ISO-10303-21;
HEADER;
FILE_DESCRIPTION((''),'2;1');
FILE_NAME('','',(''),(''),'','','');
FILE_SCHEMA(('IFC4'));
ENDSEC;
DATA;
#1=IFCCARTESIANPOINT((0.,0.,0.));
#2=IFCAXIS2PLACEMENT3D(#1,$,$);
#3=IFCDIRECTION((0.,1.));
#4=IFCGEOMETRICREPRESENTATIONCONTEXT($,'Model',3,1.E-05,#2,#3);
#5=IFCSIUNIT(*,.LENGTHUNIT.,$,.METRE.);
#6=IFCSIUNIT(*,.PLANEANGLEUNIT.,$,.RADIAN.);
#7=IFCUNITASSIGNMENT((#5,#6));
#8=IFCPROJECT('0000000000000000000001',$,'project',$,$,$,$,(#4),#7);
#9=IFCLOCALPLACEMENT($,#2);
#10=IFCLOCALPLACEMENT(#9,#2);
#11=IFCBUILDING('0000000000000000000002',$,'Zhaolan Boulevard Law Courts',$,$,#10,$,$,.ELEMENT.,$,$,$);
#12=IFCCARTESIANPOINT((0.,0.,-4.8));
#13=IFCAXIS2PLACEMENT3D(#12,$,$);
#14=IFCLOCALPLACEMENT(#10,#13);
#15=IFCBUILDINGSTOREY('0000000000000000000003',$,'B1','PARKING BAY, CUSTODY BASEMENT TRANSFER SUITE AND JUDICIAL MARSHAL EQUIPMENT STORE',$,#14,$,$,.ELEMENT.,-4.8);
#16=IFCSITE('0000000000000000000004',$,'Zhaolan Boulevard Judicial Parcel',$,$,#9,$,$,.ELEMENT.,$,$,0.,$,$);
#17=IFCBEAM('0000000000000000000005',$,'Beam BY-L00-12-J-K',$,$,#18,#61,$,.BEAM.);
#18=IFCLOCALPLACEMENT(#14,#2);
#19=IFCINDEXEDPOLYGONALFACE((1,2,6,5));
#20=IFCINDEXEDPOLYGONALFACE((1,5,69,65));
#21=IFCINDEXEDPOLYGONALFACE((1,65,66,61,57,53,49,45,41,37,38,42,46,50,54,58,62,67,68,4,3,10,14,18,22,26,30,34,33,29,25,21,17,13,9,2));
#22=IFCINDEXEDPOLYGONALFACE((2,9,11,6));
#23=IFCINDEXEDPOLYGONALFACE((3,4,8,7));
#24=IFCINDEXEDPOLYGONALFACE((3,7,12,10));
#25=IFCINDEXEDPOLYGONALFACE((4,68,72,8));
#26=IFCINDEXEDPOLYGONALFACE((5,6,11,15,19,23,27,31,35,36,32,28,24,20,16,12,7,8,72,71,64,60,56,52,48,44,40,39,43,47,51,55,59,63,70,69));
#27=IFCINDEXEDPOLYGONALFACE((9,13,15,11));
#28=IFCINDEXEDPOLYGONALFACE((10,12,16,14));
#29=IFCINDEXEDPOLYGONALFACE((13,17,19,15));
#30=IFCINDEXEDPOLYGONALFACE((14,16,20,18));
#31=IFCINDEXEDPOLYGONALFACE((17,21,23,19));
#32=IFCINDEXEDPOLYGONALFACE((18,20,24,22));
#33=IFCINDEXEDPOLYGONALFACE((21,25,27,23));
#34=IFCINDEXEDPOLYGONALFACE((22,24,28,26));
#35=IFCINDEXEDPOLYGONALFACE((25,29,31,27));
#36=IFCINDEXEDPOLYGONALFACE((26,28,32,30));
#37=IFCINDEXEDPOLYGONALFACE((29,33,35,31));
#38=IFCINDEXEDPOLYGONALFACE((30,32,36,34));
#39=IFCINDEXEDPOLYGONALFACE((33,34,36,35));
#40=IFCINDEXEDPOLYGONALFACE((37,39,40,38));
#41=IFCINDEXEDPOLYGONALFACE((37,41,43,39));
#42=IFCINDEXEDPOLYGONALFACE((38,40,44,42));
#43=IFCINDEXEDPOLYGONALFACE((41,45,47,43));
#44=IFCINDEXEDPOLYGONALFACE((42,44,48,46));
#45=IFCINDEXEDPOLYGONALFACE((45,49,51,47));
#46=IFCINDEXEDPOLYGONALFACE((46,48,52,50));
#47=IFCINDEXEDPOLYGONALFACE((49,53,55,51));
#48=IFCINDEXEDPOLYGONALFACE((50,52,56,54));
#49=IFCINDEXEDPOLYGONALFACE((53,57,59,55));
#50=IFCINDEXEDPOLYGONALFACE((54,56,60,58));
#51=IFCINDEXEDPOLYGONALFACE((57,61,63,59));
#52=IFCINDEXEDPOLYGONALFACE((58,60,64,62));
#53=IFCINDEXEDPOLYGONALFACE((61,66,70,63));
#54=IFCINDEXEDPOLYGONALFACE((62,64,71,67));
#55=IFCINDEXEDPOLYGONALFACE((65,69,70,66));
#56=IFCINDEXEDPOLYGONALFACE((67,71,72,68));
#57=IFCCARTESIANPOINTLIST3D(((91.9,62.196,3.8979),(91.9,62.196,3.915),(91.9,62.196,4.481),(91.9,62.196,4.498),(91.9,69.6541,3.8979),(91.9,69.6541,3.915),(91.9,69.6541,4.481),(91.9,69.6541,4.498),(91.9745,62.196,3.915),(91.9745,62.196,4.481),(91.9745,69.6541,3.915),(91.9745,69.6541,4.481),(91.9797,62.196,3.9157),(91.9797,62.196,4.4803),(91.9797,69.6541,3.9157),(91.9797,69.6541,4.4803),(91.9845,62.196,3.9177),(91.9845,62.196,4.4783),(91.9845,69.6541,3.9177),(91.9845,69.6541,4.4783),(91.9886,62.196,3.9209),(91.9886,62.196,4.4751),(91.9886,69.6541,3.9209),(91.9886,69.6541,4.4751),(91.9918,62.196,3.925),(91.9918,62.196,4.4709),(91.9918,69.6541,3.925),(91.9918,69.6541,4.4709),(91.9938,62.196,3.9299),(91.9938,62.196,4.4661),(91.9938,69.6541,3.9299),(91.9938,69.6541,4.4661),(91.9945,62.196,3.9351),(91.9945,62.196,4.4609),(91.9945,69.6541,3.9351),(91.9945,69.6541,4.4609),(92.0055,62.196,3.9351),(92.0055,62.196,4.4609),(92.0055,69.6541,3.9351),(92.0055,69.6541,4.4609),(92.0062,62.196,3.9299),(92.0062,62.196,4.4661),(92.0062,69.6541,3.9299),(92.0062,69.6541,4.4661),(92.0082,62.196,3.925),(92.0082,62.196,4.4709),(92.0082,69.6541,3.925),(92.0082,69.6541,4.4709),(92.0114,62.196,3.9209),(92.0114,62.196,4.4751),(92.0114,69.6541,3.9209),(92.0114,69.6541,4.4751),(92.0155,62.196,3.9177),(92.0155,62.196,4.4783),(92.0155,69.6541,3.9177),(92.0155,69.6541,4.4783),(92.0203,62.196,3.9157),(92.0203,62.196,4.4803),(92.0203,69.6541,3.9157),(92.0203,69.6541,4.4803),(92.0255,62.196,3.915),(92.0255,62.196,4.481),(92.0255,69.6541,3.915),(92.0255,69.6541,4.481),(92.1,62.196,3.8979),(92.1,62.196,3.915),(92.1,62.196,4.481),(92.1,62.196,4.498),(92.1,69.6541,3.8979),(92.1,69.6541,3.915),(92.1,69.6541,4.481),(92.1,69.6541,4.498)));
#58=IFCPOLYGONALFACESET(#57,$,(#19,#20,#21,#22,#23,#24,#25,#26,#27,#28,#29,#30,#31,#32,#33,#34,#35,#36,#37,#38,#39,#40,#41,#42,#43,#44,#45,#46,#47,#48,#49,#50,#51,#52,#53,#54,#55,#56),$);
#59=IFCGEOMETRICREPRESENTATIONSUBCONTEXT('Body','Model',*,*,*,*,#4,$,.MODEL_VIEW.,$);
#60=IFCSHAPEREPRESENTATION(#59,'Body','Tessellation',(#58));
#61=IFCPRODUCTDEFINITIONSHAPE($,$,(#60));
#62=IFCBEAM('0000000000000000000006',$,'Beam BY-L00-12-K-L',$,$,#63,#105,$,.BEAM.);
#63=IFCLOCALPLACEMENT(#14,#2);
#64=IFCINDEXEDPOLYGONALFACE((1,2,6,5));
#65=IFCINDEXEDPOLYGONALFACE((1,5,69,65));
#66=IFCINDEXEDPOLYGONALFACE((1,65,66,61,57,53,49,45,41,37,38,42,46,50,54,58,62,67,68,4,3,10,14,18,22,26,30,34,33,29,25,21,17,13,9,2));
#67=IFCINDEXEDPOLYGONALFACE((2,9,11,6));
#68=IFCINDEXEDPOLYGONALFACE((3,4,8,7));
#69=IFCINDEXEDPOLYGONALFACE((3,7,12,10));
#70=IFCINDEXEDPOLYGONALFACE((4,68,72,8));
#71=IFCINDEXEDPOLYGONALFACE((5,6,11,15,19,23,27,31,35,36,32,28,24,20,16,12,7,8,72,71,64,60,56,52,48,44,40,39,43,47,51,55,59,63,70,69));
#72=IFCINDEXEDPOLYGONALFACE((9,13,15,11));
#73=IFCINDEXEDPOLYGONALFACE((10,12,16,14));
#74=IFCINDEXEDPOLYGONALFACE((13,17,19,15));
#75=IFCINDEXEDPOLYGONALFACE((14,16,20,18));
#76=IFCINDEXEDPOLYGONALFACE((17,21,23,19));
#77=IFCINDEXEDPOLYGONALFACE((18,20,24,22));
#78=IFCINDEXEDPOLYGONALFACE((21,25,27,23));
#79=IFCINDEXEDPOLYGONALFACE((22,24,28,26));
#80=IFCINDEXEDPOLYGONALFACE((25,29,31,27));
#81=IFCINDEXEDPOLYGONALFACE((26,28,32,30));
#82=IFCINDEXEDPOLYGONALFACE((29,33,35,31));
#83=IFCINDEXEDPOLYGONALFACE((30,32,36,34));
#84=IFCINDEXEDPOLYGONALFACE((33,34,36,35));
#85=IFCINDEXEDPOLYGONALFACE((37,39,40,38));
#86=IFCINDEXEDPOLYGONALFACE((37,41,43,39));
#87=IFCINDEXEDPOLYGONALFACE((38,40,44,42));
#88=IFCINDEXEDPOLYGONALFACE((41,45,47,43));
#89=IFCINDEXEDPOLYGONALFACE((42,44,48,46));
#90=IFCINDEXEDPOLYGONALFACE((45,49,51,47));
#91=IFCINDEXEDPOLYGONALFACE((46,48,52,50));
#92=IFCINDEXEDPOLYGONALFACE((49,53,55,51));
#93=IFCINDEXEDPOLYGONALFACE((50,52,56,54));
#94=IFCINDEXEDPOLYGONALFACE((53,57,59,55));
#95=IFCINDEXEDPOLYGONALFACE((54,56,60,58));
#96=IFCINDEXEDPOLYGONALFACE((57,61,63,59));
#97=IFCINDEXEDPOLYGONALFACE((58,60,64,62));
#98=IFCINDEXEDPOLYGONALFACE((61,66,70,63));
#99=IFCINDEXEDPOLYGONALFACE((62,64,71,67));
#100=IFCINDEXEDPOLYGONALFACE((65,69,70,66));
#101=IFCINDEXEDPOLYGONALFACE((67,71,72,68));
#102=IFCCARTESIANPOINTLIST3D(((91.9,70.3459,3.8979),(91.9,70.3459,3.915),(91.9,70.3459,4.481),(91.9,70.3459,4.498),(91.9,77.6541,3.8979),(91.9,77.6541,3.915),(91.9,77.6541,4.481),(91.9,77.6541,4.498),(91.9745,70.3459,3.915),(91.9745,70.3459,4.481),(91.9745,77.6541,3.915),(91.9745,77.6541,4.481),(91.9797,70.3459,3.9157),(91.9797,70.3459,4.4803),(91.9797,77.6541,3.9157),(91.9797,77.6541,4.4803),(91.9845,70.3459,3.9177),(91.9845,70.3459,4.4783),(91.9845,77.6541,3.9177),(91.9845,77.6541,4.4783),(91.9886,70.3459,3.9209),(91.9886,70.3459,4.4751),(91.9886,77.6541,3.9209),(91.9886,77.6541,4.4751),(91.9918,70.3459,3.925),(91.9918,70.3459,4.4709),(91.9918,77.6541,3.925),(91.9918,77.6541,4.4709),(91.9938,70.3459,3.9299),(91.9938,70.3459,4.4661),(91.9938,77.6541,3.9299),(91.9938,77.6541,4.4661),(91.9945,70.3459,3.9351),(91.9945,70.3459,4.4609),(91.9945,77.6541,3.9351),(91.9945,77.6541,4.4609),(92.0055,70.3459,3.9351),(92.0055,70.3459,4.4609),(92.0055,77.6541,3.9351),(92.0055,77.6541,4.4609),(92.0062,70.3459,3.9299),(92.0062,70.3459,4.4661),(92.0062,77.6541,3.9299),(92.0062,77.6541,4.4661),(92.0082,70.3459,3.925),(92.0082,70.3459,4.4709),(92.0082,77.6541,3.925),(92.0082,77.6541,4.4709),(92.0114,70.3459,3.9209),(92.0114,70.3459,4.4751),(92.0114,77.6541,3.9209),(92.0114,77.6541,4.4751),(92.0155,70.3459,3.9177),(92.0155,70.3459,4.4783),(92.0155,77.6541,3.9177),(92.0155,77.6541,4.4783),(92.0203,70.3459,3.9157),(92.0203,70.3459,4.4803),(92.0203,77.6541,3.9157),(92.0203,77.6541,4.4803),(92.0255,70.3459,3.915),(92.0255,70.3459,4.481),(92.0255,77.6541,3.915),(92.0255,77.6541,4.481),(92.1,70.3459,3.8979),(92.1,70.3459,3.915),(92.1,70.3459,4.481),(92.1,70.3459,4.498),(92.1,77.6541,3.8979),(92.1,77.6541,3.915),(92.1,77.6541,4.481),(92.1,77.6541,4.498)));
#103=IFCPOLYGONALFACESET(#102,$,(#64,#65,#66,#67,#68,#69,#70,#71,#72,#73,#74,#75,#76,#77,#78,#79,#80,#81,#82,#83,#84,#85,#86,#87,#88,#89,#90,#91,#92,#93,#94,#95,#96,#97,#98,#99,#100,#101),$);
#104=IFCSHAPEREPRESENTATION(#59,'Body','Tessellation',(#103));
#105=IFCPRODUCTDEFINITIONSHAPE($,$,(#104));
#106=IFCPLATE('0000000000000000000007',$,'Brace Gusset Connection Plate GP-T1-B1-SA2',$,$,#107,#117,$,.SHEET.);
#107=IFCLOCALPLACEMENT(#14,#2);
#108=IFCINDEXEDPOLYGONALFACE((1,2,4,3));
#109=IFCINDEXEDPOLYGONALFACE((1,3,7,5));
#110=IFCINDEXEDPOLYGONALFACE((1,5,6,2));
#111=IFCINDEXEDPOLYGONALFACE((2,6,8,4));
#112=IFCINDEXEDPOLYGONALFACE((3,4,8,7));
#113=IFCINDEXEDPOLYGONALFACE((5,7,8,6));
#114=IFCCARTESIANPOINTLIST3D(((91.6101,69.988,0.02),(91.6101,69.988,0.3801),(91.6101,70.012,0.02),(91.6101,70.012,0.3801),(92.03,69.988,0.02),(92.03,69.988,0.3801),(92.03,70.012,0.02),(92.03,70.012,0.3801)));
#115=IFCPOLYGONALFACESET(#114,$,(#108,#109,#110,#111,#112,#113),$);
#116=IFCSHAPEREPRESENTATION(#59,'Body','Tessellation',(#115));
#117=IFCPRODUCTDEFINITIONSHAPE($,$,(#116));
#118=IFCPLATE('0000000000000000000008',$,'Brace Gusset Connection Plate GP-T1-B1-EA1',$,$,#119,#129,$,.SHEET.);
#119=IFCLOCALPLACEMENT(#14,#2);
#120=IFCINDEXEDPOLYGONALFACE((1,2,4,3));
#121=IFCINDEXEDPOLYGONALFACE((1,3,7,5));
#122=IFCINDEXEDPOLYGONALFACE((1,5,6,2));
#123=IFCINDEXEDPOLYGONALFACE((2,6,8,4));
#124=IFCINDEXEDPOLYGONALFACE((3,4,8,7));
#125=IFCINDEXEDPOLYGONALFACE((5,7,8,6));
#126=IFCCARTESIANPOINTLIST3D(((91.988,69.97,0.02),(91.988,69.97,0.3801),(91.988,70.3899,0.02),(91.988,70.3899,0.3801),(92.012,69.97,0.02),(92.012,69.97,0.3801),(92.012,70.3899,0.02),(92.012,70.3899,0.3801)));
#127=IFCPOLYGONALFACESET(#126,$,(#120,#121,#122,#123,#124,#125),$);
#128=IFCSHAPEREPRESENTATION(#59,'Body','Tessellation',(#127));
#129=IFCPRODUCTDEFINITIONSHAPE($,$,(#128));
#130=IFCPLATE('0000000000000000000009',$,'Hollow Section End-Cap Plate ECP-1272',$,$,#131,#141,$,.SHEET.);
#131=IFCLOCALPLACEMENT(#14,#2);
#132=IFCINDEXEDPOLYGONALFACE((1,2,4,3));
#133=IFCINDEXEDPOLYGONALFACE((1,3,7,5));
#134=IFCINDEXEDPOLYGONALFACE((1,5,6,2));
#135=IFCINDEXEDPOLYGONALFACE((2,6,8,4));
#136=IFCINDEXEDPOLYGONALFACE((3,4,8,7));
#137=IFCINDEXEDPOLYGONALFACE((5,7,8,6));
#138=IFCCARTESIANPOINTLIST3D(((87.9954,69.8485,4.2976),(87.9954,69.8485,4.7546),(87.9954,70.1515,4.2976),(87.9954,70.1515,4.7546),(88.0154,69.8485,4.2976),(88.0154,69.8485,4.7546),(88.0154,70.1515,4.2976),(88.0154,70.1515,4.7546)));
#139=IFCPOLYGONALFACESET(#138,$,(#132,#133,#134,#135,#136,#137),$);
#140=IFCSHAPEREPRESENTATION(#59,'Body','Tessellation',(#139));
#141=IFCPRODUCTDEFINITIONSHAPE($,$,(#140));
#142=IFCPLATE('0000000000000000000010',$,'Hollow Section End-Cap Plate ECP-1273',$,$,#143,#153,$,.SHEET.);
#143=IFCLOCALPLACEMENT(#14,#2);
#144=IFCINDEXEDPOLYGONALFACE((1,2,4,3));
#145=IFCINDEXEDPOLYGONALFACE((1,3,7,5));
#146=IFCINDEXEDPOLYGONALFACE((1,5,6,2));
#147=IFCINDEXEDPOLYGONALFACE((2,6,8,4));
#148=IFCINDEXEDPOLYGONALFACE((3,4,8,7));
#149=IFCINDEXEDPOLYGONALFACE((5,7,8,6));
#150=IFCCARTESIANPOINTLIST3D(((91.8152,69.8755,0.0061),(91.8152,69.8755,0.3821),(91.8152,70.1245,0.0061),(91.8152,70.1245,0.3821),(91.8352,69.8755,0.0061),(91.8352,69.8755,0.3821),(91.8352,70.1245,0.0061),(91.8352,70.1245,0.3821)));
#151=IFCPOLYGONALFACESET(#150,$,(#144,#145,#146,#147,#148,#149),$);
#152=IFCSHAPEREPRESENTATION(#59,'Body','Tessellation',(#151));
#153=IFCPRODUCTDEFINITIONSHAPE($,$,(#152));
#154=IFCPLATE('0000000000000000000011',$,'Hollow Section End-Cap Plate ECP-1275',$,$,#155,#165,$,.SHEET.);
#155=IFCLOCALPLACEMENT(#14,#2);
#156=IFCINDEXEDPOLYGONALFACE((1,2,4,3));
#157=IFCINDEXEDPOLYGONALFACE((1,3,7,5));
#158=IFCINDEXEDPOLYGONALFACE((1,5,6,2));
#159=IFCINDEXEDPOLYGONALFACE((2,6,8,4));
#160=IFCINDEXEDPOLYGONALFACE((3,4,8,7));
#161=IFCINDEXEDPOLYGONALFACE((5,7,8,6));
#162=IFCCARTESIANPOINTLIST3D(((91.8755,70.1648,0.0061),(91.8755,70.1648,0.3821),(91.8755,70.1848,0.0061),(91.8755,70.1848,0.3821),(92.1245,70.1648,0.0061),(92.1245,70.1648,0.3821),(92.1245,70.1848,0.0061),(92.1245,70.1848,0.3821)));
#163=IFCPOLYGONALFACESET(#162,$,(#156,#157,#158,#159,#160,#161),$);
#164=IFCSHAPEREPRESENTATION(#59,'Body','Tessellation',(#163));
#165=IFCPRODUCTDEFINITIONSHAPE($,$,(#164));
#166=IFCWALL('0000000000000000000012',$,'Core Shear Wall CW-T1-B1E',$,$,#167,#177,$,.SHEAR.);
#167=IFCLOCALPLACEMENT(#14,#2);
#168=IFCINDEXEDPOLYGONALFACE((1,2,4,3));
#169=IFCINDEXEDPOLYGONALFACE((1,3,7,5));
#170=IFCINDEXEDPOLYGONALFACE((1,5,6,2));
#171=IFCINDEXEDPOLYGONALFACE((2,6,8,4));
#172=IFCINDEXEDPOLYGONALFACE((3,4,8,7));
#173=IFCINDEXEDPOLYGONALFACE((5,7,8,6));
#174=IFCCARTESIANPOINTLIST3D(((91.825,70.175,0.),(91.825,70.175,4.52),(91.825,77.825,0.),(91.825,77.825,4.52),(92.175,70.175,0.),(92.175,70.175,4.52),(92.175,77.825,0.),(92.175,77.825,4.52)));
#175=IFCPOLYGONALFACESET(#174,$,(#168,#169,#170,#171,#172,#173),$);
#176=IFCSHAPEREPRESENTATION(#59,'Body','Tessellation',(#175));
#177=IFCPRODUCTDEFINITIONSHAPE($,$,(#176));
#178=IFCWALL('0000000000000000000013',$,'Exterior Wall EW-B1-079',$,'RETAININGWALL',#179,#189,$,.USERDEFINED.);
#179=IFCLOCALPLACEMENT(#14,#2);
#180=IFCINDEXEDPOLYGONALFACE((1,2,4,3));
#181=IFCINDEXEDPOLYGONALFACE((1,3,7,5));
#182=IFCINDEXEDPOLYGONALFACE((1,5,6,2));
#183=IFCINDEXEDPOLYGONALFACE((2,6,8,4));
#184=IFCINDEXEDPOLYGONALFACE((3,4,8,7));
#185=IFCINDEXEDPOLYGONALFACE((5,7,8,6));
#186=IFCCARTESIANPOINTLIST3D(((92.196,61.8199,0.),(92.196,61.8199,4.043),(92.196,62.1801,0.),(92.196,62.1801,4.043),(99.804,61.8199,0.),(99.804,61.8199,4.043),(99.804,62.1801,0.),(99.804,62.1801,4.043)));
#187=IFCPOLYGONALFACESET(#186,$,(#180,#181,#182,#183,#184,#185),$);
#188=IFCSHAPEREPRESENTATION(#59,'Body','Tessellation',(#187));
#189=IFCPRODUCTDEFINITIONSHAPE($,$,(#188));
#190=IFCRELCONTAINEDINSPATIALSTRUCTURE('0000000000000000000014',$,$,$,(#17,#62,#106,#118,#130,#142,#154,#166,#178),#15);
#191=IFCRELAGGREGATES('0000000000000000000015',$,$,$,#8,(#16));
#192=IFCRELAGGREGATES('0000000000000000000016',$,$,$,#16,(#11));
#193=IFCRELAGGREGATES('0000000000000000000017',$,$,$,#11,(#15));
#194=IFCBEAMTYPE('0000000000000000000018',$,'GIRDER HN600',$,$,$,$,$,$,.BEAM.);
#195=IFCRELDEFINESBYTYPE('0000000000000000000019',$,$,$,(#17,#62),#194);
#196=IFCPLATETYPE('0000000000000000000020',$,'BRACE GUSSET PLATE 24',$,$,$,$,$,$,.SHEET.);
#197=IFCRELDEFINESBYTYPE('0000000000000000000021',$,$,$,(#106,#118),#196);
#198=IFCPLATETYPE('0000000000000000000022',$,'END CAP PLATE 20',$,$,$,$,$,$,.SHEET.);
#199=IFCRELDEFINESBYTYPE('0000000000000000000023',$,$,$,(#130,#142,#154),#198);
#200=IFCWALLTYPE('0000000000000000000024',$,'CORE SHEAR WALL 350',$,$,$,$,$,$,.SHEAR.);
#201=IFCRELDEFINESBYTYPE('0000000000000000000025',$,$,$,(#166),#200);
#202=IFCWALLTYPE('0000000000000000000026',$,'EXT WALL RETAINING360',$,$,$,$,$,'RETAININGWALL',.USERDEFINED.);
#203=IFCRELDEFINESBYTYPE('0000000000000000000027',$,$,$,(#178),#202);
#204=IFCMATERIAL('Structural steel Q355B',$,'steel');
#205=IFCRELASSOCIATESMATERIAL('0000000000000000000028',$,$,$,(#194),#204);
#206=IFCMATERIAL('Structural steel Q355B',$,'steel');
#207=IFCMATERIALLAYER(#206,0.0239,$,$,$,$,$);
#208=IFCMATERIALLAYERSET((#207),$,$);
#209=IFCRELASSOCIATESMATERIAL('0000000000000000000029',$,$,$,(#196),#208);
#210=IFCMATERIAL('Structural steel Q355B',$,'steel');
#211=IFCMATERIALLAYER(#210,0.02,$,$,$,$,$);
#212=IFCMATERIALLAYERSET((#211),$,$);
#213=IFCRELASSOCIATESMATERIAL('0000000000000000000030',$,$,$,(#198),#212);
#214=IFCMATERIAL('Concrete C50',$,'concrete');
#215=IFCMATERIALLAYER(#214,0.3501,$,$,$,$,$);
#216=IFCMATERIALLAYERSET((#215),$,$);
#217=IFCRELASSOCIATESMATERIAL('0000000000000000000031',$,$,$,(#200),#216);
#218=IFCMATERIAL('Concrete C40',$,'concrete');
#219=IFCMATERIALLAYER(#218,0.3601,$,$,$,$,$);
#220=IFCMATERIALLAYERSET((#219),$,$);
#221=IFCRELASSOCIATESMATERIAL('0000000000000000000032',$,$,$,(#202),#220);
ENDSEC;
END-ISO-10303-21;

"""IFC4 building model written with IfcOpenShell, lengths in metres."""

from ifc_helpers import new_model, si_unit, direction, frame, frame_2d, origin, origin_2d, place, context, subcontext, project, spatial, rectangle, i_section, extrude, material, layer, layer_set, material_profile, profile_set, type_object, element, save


model = new_model("IFC4")

# Units and contexts
model_context = context("Model", 3, precision=1e-05, world=origin(), true_north=direction((0.0, 1.0)))
body_context = subcontext(model_context, "Body", "Model", "MODEL_VIEW")
ifc_project = project(units=[si_unit("LENGTHUNIT", "METRE"), si_unit("PLANEANGLEUNIT", "RADIAN")], contexts=[model_context])

# Site, building, storey
site_placement = place(None, origin())
site = spatial("IfcSite", under=ifc_project, at=site_placement, Name="Zhaolan Boulevard Judicial Parcel", CompositionType="ELEMENT", RefElevation=0.0)
building_placement = place(site_placement, origin())
building = spatial("IfcBuilding", under=site, at=building_placement, Name="Zhaolan Boulevard Law Courts", CompositionType="ELEMENT")
storey_placement = place(building_placement, frame((0.0, 0.0, -4.8)))
storey = spatial("IfcBuildingStorey", under=building, at=storey_placement, Name="B1", Description="PARKING BAY, CUSTODY BASEMENT TRANSFER SUITE AND JUDICIAL MARSHAL EQUIPMENT STORE", CompositionType="ELEMENT", Elevation=-4.8)

# Beams
ifc_material_1 = material(Name="Structural steel Q355B", Category="steel")
ifc_material_profile_1 = material_profile(ifc_material_1, i_section(OverallWidth=0.2, OverallDepth=0.6001, WebThickness=0.011, FlangeThickness=0.0171, FilletRadius=0.02, at=origin_2d()), Name="HN600x200")
ifc_profile_set_1 = profile_set([ifc_material_profile_1], Name="Structural steel Q355B")
beam_type_1 = type_object("IfcBeamType", Name="GIRDER HN600", PredefinedType="BEAM", material=ifc_profile_set_1)
beam_1_placement = place(storey_placement, frame((92.0, 62.196, 4.198), z_axis=(0.0, 1.0, 0.0), x_axis=(-1.0, 0.0, 0.0)))
element("IfcBeam", 1, at=beam_1_placement, inside=storey, type_object=beam_type_1, Name="Beam BY-L00-12-J-K", PredefinedType="BEAM", context=body_context, shape_type="SweptSolid", body=[
    extrude(i_section(OverallWidth=0.2, OverallDepth=0.6001, WebThickness=0.011, FlangeThickness=0.0171, FilletRadius=0.02, at=origin_2d()), origin(), (0.0, 0.0, 1.0), 7.458),
])
beam_2_placement = place(storey_placement, frame((92.0, 70.3459, 4.198), z_axis=(0.0, 1.0, 0.0), x_axis=(-1.0, 0.0, 0.0)))
element("IfcBeam", 2, at=beam_2_placement, inside=storey, type_object=beam_type_1, Name="Beam BY-L00-12-K-L", PredefinedType="BEAM", context=body_context, shape_type="SweptSolid", body=[
    extrude(i_section(OverallWidth=0.2, OverallDepth=0.6001, WebThickness=0.011, FlangeThickness=0.0171, FilletRadius=0.02, at=origin_2d()), origin(), (0.0, 0.0, 1.0), 7.3081),
])

# Plates
ifc_material_2 = material(Name="Structural steel Q355B", Category="steel")
ifc_layer_1 = layer(ifc_material_2, 0.0239)
ifc_layer_set_1 = layer_set([ifc_layer_1])
plate_type_1 = type_object("IfcPlateType", Name="BRACE GUSSET PLATE 24", PredefinedType="SHEET", material=ifc_layer_set_1)
for number, where, z_axis, x_axis, name in (
    (3, (91.8201, 70.0, 0.02), (0.0, 0.0, 1.0), (1.0, 0.0, 0.0), "Brace Gusset Connection Plate GP-T1-B1-SA2"),
    (4, (92.0, 70.1799, 0.02), (0.0, 0.0, 1.0), (0.0, 1.0, 0.0), "Brace Gusset Connection Plate GP-T1-B1-EA1"),
):
    element("IfcPlate", number, at=place(storey_placement, frame(where, z_axis=z_axis, x_axis=x_axis)), inside=storey, type_object=plate_type_1, Name=name, PredefinedType="SHEET", context=body_context, shape_type="SweptSolid", body=[
        extrude(rectangle(XDim=0.4199, YDim=0.0239, at=origin_2d()), origin(), (0.0, 0.0, 1.0), 0.3601),
    ])
ifc_material_3 = material(Name="Structural steel Q355B", Category="steel")
ifc_layer_2 = layer(ifc_material_3, 0.02)
ifc_layer_set_2 = layer_set([ifc_layer_2])
plate_type_2 = type_object("IfcPlateType", Name="END CAP PLATE 20", PredefinedType="SHEET", material=ifc_layer_set_2)
plate_placement = place(storey_placement, frame((88.0054, 70.0, 4.2976), z_axis=(0.0, 0.0, 1.0), x_axis=(1.0, 0.0, 0.0)))
element("IfcPlate", 5, at=plate_placement, inside=storey, type_object=plate_type_2, Name="Hollow Section End-Cap Plate ECP-1272", PredefinedType="SHEET", context=body_context, shape_type="SweptSolid", body=[
    extrude(rectangle(XDim=0.02, YDim=0.303, at=origin_2d()), origin(), (0.0, 0.0, 1.0), 0.457),
])
for number, where, z_axis, x_axis, name in (
    (6, (91.8252, 70.0, 0.0061), (0.0, 0.0, 1.0), (-1.0, 0.0, 0.0), "Hollow Section End-Cap Plate ECP-1273"),
    (7, (92.0, 70.1748, 0.0061), (0.0, 0.0, 1.0), (0.0, 1.0, 0.0), "Hollow Section End-Cap Plate ECP-1275"),
):
    element("IfcPlate", number, at=place(storey_placement, frame(where, z_axis=z_axis, x_axis=x_axis)), inside=storey, type_object=plate_type_2, Name=name, PredefinedType="SHEET", context=body_context, shape_type="SweptSolid", body=[
        extrude(rectangle(XDim=0.02, YDim=0.249, at=origin_2d()), origin(), (0.0, 0.0, 1.0), 0.376),
    ])

# Walls
ifc_material_4 = material(Name="Concrete C50", Category="concrete")
ifc_layer_3 = layer(ifc_material_4, 0.3501)
ifc_layer_set_3 = layer_set([ifc_layer_3])
wall_type_1 = type_object("IfcWallType", Name="CORE SHEAR WALL 350", PredefinedType="SHEAR", material=ifc_layer_set_3)
wall_1_placement = place(storey_placement, frame((92.0, 70.175, 0.0), z_axis=(0.0, 0.0, 1.0), x_axis=(0.0, 1.0, 0.0)))
element("IfcWall", 8, at=wall_1_placement, inside=storey, type_object=wall_type_1, Name="Core Shear Wall CW-T1-B1E", PredefinedType="SHEAR", context=body_context, shape_type="SweptSolid", body=[
    extrude(rectangle(XDim=7.6499, YDim=0.3501, at=frame_2d((3.825, 0.0))), origin(), (0.0, 0.0, 1.0), 4.52),
])
ifc_material_5 = material(Name="Concrete C40", Category="concrete")
ifc_layer_4 = layer(ifc_material_5, 0.3601)
ifc_layer_set_4 = layer_set([ifc_layer_4])
wall_type_2 = type_object("IfcWallType", Name="EXT WALL RETAINING360", ElementType="RETAININGWALL", PredefinedType="USERDEFINED", material=ifc_layer_set_4)
wall_2_placement = place(storey_placement, frame((92.196, 62.0, 0.0), z_axis=(0.0, 0.0, 1.0), x_axis=(1.0, 0.0, 0.0)))
element("IfcWall", 9, at=wall_2_placement, inside=storey, type_object=wall_type_2, Name="Exterior Wall EW-B1-079", ObjectType="RETAININGWALL", PredefinedType="USERDEFINED", context=body_context, shape_type="SweptSolid", body=[
    extrude(rectangle(XDim=7.6079, YDim=0.3601, at=frame_2d((3.804, 0.0))), origin(), (0.0, 0.0, 1.0), 4.043),
])

save(model, "model.ifc")
